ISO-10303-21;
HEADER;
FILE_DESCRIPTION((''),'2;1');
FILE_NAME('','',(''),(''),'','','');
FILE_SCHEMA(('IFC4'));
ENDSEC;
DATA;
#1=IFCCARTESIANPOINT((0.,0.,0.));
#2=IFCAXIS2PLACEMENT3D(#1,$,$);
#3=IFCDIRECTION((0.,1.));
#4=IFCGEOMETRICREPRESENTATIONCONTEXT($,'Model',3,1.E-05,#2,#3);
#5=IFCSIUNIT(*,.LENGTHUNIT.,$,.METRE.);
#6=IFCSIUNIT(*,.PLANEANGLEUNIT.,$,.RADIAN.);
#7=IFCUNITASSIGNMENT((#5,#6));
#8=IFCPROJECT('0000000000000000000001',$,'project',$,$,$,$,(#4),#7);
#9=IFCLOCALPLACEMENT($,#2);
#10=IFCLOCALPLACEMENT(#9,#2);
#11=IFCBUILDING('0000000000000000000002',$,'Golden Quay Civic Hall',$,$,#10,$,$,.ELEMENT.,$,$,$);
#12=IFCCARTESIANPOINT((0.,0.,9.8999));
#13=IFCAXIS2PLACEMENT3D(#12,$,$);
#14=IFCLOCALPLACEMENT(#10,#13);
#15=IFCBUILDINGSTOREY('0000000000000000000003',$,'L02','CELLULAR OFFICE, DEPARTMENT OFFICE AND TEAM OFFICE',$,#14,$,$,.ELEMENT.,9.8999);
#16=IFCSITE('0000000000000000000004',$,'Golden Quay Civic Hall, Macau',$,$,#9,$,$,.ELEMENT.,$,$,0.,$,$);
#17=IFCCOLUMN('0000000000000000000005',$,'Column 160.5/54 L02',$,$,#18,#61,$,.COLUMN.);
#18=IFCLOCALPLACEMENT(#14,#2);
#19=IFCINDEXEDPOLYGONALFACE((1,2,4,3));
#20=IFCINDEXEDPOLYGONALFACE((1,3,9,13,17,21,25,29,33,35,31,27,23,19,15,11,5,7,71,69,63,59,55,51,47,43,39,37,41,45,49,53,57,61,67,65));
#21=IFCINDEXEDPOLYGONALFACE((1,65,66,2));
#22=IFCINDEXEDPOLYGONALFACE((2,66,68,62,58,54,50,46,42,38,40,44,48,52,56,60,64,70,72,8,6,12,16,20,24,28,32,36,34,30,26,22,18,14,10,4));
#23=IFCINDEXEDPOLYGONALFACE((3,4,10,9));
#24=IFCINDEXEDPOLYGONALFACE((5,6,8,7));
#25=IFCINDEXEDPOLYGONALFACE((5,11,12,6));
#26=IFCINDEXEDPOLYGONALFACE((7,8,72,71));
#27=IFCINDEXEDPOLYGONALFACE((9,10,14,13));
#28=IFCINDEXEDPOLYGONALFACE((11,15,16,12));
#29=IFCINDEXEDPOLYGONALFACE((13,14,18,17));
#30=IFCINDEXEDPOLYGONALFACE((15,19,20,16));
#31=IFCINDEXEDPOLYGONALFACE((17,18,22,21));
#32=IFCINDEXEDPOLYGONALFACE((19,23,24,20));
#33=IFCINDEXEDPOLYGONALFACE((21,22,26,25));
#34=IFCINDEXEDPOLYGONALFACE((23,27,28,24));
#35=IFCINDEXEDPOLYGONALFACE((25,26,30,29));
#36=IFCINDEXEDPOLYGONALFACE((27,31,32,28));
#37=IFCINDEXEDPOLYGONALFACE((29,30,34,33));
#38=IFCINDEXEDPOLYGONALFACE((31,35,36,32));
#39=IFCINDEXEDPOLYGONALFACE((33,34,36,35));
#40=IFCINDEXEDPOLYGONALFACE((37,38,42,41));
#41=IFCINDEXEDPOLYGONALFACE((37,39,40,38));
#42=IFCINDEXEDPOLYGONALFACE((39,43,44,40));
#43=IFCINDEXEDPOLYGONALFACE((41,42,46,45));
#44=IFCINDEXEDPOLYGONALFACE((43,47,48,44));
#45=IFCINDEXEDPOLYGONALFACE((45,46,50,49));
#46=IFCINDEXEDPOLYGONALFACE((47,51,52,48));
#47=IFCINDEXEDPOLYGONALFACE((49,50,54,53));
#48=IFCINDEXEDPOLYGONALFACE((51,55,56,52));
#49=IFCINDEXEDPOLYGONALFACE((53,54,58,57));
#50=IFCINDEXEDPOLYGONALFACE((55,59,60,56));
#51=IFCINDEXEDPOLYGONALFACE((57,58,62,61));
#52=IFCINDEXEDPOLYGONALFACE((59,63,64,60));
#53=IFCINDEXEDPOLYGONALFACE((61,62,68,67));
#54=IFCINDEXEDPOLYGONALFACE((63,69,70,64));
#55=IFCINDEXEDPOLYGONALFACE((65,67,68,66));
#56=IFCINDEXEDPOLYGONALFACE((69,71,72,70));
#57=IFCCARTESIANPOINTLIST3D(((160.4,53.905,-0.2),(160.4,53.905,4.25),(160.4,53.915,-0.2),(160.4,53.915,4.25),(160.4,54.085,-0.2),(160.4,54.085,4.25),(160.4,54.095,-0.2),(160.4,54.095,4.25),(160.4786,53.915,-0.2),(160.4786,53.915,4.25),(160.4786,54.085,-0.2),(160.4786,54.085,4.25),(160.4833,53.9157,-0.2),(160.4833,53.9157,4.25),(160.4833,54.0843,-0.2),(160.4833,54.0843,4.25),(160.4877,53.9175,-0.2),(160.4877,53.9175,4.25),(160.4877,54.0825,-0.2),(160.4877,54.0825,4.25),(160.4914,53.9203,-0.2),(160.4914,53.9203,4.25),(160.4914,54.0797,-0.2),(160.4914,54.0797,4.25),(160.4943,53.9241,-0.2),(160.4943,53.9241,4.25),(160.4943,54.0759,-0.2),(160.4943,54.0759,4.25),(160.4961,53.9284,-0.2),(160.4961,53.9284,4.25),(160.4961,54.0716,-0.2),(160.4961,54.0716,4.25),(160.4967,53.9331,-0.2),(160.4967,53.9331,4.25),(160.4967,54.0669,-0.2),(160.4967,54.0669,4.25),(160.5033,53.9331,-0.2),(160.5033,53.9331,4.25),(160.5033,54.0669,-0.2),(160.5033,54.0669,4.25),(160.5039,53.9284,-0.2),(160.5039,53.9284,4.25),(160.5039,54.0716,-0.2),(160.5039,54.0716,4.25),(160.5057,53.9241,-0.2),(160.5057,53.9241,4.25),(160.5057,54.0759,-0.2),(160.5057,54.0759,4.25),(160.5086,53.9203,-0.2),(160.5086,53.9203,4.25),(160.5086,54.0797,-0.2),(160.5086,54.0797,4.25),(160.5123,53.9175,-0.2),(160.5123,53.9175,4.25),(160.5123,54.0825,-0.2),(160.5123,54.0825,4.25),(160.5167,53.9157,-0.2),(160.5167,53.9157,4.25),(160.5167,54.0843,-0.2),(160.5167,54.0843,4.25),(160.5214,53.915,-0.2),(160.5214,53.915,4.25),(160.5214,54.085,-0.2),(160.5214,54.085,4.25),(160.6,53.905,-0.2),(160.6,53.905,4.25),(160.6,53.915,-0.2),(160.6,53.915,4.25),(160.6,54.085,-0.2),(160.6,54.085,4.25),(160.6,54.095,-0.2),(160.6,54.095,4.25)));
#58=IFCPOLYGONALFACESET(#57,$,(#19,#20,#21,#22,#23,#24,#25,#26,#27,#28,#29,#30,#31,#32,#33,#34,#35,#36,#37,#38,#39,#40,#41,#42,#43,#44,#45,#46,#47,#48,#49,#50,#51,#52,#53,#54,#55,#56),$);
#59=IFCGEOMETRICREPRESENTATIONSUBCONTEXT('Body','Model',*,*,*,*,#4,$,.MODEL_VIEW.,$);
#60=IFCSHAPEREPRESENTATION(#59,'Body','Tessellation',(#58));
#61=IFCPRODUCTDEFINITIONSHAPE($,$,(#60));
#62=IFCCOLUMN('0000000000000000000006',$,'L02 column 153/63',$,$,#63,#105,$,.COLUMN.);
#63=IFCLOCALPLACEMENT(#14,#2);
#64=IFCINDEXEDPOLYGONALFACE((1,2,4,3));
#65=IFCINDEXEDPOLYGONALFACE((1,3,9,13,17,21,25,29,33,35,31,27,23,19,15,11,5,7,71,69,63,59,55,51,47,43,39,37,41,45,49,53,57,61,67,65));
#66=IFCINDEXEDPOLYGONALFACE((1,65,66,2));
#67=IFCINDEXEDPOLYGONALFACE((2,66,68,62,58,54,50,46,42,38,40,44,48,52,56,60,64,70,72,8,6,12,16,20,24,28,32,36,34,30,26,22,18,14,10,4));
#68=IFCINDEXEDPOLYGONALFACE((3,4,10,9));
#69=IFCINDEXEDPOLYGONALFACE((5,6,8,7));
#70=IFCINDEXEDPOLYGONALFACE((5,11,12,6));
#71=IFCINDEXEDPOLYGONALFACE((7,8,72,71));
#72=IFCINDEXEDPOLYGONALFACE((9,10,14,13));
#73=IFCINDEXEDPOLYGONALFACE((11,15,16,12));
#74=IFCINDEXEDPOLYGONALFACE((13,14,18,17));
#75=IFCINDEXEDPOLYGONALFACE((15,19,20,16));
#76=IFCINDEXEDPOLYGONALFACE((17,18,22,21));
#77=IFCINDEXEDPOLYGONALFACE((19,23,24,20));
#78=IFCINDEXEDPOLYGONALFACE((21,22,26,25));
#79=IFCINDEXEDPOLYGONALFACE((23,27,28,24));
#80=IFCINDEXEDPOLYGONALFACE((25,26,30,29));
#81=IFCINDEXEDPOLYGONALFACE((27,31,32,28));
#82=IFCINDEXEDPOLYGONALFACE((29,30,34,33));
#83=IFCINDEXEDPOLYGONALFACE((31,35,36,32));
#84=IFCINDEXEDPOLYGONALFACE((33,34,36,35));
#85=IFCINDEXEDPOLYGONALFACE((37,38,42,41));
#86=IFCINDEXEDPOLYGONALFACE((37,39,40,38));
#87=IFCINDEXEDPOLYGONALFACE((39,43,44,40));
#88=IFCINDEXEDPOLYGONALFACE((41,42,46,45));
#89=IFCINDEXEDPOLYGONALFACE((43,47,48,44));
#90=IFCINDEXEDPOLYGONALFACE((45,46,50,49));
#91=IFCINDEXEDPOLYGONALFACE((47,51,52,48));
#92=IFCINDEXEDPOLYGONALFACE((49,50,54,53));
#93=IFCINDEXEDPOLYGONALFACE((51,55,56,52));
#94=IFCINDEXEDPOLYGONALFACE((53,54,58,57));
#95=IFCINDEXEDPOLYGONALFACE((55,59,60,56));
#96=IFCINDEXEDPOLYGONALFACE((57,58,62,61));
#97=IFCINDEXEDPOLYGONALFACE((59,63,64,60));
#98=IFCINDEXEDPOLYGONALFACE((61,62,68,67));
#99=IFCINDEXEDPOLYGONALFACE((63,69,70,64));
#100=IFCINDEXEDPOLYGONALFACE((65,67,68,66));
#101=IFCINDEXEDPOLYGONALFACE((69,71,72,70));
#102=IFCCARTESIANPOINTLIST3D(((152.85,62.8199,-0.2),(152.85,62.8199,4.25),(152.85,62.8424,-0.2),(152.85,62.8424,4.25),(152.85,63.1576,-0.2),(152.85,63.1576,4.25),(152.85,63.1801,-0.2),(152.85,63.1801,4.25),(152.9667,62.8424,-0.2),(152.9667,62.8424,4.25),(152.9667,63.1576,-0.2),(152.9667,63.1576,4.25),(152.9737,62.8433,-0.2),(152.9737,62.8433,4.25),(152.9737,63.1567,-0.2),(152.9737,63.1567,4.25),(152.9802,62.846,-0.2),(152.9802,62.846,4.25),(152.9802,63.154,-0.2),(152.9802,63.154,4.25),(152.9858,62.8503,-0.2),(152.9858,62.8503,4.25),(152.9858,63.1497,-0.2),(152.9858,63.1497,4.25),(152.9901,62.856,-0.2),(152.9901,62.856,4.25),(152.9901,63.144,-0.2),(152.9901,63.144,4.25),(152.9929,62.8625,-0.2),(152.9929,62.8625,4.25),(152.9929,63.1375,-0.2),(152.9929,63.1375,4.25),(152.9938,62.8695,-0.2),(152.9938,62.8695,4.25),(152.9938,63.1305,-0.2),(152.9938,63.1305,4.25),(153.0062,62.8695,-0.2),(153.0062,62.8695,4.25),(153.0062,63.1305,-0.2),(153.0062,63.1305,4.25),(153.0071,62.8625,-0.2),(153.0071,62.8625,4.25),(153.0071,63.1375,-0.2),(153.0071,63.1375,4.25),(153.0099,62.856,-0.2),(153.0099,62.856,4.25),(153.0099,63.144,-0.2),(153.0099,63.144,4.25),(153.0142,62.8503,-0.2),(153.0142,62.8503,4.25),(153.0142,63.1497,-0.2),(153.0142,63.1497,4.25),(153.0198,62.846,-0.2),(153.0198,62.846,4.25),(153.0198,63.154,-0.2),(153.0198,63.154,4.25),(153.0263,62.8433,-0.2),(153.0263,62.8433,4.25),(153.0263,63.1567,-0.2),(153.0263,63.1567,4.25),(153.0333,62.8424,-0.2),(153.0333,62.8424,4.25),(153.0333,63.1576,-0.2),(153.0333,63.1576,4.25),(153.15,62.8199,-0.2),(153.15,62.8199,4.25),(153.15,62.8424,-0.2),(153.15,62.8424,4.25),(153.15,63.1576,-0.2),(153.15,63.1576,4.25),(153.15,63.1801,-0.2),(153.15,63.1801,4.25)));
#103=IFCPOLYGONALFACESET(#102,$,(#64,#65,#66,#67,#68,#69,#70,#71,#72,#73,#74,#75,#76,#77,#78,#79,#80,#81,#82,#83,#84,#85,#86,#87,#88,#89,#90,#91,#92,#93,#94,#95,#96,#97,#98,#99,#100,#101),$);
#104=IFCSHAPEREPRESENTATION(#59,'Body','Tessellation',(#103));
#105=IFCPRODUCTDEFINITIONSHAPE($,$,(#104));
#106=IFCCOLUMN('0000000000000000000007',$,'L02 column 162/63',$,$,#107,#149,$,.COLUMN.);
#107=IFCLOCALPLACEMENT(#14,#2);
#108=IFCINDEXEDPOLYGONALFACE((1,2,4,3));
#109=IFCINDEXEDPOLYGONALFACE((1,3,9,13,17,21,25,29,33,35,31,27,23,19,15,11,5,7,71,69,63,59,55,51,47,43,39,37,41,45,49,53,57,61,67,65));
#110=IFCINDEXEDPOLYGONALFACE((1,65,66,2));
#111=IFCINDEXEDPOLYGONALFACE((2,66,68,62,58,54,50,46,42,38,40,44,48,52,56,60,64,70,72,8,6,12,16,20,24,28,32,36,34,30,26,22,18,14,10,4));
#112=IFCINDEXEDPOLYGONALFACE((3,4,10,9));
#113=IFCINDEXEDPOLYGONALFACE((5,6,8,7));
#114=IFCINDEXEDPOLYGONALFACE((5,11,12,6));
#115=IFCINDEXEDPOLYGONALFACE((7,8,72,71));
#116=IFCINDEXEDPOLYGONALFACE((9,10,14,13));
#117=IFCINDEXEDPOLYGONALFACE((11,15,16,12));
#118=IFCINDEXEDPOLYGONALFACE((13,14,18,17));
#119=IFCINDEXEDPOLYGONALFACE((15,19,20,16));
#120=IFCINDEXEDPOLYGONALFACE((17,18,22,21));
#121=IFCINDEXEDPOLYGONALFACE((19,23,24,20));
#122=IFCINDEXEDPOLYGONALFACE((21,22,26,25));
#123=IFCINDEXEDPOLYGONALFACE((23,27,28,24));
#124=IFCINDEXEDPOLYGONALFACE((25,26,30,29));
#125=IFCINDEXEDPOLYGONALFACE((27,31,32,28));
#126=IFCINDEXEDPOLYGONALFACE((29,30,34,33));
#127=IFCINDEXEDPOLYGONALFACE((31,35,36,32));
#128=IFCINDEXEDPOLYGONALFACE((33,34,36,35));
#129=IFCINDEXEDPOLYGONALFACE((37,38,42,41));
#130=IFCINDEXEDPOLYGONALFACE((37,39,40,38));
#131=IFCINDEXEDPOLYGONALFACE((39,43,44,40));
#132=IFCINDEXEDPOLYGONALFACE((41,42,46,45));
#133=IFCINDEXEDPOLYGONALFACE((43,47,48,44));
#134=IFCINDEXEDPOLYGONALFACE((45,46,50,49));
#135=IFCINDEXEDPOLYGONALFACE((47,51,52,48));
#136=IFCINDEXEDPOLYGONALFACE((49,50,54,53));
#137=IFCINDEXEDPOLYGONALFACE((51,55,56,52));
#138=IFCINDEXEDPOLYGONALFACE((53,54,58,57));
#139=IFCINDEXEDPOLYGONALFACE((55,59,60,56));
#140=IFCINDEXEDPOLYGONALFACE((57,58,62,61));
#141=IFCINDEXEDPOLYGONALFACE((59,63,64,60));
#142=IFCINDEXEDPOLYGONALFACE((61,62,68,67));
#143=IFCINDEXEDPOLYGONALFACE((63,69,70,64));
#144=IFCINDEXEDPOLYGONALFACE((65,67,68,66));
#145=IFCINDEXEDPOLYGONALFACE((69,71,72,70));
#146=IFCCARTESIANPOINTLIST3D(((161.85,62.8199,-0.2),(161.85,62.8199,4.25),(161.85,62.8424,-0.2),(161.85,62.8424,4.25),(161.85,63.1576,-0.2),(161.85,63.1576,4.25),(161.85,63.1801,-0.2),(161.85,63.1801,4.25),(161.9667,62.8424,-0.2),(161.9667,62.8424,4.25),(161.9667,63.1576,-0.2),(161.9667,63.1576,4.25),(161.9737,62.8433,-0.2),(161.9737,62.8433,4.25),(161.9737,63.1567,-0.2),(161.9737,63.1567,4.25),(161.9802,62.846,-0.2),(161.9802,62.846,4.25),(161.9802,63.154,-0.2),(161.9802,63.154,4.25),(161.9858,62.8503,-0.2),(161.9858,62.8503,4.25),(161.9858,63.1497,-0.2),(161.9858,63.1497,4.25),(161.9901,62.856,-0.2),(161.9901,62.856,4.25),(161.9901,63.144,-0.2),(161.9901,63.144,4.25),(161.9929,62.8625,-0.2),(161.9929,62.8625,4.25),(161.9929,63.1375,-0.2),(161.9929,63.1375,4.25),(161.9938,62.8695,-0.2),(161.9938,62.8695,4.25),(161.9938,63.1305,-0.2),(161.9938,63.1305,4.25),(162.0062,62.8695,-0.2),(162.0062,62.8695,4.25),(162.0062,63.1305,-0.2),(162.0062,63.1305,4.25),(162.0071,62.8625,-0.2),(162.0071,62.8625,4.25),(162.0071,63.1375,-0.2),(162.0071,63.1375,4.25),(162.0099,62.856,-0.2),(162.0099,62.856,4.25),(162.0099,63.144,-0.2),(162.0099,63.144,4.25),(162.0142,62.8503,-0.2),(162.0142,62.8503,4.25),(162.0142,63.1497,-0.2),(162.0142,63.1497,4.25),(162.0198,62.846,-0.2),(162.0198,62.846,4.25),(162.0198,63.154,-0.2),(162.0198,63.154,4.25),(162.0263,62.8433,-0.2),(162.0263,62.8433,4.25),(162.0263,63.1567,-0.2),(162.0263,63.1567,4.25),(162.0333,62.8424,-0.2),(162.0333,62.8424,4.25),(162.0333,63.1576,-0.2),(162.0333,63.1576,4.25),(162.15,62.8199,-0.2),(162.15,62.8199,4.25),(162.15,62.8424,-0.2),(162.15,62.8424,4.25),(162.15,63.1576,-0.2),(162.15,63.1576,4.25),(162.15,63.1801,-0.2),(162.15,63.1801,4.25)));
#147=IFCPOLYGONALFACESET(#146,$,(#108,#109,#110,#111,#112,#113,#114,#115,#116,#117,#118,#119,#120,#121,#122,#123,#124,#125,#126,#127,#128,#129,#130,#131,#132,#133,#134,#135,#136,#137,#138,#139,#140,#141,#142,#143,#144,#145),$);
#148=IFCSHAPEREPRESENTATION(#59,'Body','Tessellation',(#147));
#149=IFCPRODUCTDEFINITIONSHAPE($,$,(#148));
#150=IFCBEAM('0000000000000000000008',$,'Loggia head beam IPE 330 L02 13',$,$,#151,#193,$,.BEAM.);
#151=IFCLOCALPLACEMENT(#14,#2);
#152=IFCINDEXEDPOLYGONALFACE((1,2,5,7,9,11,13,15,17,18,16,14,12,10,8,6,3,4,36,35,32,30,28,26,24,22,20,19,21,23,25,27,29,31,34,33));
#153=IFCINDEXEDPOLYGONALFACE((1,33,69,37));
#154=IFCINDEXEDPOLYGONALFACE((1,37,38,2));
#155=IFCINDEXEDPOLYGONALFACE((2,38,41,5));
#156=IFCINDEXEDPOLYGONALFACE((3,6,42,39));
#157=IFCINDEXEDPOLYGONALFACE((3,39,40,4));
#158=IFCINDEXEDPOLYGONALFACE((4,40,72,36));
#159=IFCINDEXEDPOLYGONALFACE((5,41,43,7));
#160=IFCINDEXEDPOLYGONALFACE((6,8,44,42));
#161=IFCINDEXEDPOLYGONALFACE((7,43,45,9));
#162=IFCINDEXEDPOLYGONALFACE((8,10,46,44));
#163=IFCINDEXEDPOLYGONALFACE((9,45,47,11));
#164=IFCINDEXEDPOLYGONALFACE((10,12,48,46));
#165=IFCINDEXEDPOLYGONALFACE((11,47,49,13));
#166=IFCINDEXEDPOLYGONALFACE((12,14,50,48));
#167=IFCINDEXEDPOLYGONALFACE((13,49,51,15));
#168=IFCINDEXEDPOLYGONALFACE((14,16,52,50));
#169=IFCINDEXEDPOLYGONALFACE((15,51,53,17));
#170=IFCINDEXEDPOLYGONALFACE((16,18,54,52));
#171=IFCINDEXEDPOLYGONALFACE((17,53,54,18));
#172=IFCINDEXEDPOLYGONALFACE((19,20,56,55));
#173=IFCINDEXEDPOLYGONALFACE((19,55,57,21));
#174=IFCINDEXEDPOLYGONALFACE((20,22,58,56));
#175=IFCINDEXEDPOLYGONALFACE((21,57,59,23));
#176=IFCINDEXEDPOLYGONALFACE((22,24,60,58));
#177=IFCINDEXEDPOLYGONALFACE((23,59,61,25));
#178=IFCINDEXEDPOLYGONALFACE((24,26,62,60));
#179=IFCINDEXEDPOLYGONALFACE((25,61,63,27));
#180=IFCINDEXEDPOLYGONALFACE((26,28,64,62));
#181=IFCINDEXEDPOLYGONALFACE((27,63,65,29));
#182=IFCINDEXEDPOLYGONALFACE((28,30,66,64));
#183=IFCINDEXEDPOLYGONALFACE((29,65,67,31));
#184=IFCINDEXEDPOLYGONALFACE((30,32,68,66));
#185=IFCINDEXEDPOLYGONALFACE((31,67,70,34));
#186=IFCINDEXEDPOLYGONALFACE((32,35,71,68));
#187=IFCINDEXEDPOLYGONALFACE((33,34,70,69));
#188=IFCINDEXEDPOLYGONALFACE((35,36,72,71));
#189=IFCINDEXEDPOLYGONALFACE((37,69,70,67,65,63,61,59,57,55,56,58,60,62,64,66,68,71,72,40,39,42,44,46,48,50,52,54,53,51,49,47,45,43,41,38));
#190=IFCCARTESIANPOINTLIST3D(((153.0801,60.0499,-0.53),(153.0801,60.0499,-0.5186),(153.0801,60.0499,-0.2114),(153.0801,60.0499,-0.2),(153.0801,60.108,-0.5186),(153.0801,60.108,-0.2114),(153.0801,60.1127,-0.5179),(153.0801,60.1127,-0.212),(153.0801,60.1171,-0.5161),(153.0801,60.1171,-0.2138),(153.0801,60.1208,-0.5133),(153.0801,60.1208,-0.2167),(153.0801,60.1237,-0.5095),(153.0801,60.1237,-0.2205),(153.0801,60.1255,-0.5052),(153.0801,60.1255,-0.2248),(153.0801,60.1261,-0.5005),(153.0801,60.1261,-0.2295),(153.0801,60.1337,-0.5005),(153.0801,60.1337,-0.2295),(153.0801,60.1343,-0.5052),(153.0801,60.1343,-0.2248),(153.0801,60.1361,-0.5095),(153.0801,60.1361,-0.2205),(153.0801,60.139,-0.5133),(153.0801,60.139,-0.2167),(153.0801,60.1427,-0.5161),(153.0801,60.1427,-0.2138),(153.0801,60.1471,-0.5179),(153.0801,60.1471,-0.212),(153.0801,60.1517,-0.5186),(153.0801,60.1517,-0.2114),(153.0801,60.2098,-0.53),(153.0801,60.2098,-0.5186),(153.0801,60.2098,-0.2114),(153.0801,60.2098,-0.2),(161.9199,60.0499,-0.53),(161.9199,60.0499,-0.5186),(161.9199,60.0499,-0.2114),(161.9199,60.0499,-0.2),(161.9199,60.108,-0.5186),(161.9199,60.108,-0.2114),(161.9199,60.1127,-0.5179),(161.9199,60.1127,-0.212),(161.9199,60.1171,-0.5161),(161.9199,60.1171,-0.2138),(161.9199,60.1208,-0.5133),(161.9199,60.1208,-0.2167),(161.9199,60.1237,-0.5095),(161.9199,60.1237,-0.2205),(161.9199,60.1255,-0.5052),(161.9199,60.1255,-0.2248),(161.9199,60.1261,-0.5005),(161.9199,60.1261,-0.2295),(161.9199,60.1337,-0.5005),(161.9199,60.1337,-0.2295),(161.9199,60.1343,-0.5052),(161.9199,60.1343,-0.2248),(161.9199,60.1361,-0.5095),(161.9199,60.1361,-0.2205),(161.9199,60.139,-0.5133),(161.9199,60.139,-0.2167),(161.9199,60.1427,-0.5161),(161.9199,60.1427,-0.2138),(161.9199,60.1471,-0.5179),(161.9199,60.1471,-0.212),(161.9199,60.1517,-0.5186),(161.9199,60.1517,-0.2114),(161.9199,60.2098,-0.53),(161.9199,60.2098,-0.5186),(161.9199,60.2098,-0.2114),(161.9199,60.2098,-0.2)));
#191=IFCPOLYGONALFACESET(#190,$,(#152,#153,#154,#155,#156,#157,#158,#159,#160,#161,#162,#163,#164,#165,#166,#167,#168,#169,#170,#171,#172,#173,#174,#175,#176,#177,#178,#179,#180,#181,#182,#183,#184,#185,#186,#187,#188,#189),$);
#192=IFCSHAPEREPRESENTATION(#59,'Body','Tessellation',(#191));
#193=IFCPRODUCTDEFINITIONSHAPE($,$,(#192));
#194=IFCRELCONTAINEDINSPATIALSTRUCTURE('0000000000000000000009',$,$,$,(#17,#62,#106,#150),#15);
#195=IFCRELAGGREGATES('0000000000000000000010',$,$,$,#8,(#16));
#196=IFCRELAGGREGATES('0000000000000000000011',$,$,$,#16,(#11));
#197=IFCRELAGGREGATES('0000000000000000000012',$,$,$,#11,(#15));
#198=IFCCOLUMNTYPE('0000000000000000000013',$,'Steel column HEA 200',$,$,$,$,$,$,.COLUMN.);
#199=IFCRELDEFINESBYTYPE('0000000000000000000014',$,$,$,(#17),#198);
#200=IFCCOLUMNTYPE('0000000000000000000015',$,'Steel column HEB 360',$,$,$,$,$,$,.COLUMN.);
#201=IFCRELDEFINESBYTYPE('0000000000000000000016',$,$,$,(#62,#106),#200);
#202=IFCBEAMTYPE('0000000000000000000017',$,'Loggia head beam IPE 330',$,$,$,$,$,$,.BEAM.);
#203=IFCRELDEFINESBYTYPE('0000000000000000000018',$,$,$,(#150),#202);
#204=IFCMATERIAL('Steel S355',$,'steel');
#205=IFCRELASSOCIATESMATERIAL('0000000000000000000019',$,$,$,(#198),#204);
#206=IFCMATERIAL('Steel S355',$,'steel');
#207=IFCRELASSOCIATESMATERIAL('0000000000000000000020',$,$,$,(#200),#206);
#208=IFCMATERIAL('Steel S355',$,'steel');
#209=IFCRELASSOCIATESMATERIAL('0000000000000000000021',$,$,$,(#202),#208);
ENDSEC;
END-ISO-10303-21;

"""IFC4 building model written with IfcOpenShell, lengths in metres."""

from ifc_helpers import new_model, si_unit, direction, frame, origin, origin_2d, place, context, subcontext, project, spatial, i_section, extrude, material, material_profile, profile_set, type_object, element, save


model = new_model("IFC4")

# Units and contexts
model_context = context("Model", 3, precision=1e-05, world=origin(), true_north=direction((0.0, 1.0)))
body_context = subcontext(model_context, "Body", "Model", "MODEL_VIEW")
ifc_project = project(units=[si_unit("LENGTHUNIT", "METRE"), si_unit("PLANEANGLEUNIT", "RADIAN")], contexts=[model_context])

# Site, building, storey
site_placement = place(None, origin())
site = spatial("IfcSite", under=ifc_project, at=site_placement, Name="Golden Quay Civic Hall, Macau", CompositionType="ELEMENT", RefElevation=0.0)
building_placement = place(site_placement, origin())
building = spatial("IfcBuilding", under=site, at=building_placement, Name="Golden Quay Civic Hall", CompositionType="ELEMENT")
storey_placement = place(building_placement, frame((0.0, 0.0, 9.8999)))
storey = spatial("IfcBuildingStorey", under=building, at=storey_placement, Name="L02", Description="CELLULAR OFFICE, DEPARTMENT OFFICE AND TEAM OFFICE", CompositionType="ELEMENT", Elevation=9.8999)

# Columns
ifc_material_1 = material(Name="Steel S355", Category="steel")
ifc_material_profile_1 = material_profile(ifc_material_1, i_section(OverallWidth=0.2, OverallDepth=0.1899, WebThickness=0.0066, FlangeThickness=0.01, FilletRadius=0.0181, at=origin_2d()), Name="HEA 200")
ifc_profile_set_1 = profile_set([ifc_material_profile_1], Name="Steel S355")
column_type_1 = type_object("IfcColumnType", Name="Steel column HEA 200", PredefinedType="COLUMN", material=ifc_profile_set_1)
column_placement = place(storey_placement, frame((160.5, 54.0, -0.2), z_axis=(0.0, 0.0, 1.0), x_axis=(1.0, 0.0, 0.0)))
element("IfcColumn", 1, at=column_placement, inside=storey, type_object=column_type_1, Name="Column 160.5/54 L02", PredefinedType="COLUMN", context=body_context, shape_type="SweptSolid", body=[
    extrude(i_section(OverallWidth=0.2, OverallDepth=0.1899, WebThickness=0.0066, FlangeThickness=0.01, FilletRadius=0.0181, at=origin_2d()), origin(), (0.0, 0.0, 1.0), 4.45),
])
ifc_material_2 = material(Name="Steel S355", Category="steel")
ifc_material_profile_2 = material_profile(ifc_material_2, i_section(OverallWidth=0.3, OverallDepth=0.3601, WebThickness=0.0125, FlangeThickness=0.0225, FilletRadius=0.0271, at=origin_2d()), Name="HEB 360")
ifc_profile_set_2 = profile_set([ifc_material_profile_2], Name="Steel S355")
column_type_2 = type_object("IfcColumnType", Name="Steel column HEB 360", PredefinedType="COLUMN", material=ifc_profile_set_2)
for number, where, z_axis, x_axis, name in (
    (2, (153.0, 63.0, -0.2), (0.0, 0.0, 1.0), (1.0, 0.0, 0.0), "L02 column 153/63"),
    (3, (162.0, 63.0, -0.2), (0.0, 0.0, 1.0), (1.0, 0.0, 0.0), "L02 column 162/63"),
):
    element("IfcColumn", number, at=place(storey_placement, frame(where, z_axis=z_axis, x_axis=x_axis)), inside=storey, type_object=column_type_2, Name=name, PredefinedType="COLUMN", context=body_context, shape_type="SweptSolid", body=[
        extrude(i_section(OverallWidth=0.3, OverallDepth=0.3601, WebThickness=0.0125, FlangeThickness=0.0225, FilletRadius=0.0271, at=origin_2d()), origin(), (0.0, 0.0, 1.0), 4.45),
    ])

# Beam
ifc_material_3 = material(Name="Steel S355", Category="steel")
ifc_material_profile_3 = material_profile(ifc_material_3, i_section(OverallWidth=0.1599, OverallDepth=0.3301, WebThickness=0.0076, FlangeThickness=0.0115, FilletRadius=0.0181, at=origin_2d()), Name="IPE 330")
ifc_profile_set_3 = profile_set([ifc_material_profile_3], Name="Steel S355")
beam_type_1 = type_object("IfcBeamType", Name="Loggia head beam IPE 330", PredefinedType="BEAM", material=ifc_profile_set_3)
beam_1_placement = place(storey_placement, frame((153.0801, 60.1299, -0.365), z_axis=(1.0, 0.0, 0.0), x_axis=(0.0, 1.0, 0.0)))
element("IfcBeam", 4, at=beam_1_placement, inside=storey, type_object=beam_type_1, Name="Loggia head beam IPE 330 L02 13", PredefinedType="BEAM", context=body_context, shape_type="SweptSolid", body=[
    extrude(i_section(OverallWidth=0.1599, OverallDepth=0.3301, WebThickness=0.0076, FlangeThickness=0.0115, FilletRadius=0.0181, at=origin_2d()), origin(), (0.0, 0.0, 1.0), 8.8398),
])

save(model, "model.ifc")
